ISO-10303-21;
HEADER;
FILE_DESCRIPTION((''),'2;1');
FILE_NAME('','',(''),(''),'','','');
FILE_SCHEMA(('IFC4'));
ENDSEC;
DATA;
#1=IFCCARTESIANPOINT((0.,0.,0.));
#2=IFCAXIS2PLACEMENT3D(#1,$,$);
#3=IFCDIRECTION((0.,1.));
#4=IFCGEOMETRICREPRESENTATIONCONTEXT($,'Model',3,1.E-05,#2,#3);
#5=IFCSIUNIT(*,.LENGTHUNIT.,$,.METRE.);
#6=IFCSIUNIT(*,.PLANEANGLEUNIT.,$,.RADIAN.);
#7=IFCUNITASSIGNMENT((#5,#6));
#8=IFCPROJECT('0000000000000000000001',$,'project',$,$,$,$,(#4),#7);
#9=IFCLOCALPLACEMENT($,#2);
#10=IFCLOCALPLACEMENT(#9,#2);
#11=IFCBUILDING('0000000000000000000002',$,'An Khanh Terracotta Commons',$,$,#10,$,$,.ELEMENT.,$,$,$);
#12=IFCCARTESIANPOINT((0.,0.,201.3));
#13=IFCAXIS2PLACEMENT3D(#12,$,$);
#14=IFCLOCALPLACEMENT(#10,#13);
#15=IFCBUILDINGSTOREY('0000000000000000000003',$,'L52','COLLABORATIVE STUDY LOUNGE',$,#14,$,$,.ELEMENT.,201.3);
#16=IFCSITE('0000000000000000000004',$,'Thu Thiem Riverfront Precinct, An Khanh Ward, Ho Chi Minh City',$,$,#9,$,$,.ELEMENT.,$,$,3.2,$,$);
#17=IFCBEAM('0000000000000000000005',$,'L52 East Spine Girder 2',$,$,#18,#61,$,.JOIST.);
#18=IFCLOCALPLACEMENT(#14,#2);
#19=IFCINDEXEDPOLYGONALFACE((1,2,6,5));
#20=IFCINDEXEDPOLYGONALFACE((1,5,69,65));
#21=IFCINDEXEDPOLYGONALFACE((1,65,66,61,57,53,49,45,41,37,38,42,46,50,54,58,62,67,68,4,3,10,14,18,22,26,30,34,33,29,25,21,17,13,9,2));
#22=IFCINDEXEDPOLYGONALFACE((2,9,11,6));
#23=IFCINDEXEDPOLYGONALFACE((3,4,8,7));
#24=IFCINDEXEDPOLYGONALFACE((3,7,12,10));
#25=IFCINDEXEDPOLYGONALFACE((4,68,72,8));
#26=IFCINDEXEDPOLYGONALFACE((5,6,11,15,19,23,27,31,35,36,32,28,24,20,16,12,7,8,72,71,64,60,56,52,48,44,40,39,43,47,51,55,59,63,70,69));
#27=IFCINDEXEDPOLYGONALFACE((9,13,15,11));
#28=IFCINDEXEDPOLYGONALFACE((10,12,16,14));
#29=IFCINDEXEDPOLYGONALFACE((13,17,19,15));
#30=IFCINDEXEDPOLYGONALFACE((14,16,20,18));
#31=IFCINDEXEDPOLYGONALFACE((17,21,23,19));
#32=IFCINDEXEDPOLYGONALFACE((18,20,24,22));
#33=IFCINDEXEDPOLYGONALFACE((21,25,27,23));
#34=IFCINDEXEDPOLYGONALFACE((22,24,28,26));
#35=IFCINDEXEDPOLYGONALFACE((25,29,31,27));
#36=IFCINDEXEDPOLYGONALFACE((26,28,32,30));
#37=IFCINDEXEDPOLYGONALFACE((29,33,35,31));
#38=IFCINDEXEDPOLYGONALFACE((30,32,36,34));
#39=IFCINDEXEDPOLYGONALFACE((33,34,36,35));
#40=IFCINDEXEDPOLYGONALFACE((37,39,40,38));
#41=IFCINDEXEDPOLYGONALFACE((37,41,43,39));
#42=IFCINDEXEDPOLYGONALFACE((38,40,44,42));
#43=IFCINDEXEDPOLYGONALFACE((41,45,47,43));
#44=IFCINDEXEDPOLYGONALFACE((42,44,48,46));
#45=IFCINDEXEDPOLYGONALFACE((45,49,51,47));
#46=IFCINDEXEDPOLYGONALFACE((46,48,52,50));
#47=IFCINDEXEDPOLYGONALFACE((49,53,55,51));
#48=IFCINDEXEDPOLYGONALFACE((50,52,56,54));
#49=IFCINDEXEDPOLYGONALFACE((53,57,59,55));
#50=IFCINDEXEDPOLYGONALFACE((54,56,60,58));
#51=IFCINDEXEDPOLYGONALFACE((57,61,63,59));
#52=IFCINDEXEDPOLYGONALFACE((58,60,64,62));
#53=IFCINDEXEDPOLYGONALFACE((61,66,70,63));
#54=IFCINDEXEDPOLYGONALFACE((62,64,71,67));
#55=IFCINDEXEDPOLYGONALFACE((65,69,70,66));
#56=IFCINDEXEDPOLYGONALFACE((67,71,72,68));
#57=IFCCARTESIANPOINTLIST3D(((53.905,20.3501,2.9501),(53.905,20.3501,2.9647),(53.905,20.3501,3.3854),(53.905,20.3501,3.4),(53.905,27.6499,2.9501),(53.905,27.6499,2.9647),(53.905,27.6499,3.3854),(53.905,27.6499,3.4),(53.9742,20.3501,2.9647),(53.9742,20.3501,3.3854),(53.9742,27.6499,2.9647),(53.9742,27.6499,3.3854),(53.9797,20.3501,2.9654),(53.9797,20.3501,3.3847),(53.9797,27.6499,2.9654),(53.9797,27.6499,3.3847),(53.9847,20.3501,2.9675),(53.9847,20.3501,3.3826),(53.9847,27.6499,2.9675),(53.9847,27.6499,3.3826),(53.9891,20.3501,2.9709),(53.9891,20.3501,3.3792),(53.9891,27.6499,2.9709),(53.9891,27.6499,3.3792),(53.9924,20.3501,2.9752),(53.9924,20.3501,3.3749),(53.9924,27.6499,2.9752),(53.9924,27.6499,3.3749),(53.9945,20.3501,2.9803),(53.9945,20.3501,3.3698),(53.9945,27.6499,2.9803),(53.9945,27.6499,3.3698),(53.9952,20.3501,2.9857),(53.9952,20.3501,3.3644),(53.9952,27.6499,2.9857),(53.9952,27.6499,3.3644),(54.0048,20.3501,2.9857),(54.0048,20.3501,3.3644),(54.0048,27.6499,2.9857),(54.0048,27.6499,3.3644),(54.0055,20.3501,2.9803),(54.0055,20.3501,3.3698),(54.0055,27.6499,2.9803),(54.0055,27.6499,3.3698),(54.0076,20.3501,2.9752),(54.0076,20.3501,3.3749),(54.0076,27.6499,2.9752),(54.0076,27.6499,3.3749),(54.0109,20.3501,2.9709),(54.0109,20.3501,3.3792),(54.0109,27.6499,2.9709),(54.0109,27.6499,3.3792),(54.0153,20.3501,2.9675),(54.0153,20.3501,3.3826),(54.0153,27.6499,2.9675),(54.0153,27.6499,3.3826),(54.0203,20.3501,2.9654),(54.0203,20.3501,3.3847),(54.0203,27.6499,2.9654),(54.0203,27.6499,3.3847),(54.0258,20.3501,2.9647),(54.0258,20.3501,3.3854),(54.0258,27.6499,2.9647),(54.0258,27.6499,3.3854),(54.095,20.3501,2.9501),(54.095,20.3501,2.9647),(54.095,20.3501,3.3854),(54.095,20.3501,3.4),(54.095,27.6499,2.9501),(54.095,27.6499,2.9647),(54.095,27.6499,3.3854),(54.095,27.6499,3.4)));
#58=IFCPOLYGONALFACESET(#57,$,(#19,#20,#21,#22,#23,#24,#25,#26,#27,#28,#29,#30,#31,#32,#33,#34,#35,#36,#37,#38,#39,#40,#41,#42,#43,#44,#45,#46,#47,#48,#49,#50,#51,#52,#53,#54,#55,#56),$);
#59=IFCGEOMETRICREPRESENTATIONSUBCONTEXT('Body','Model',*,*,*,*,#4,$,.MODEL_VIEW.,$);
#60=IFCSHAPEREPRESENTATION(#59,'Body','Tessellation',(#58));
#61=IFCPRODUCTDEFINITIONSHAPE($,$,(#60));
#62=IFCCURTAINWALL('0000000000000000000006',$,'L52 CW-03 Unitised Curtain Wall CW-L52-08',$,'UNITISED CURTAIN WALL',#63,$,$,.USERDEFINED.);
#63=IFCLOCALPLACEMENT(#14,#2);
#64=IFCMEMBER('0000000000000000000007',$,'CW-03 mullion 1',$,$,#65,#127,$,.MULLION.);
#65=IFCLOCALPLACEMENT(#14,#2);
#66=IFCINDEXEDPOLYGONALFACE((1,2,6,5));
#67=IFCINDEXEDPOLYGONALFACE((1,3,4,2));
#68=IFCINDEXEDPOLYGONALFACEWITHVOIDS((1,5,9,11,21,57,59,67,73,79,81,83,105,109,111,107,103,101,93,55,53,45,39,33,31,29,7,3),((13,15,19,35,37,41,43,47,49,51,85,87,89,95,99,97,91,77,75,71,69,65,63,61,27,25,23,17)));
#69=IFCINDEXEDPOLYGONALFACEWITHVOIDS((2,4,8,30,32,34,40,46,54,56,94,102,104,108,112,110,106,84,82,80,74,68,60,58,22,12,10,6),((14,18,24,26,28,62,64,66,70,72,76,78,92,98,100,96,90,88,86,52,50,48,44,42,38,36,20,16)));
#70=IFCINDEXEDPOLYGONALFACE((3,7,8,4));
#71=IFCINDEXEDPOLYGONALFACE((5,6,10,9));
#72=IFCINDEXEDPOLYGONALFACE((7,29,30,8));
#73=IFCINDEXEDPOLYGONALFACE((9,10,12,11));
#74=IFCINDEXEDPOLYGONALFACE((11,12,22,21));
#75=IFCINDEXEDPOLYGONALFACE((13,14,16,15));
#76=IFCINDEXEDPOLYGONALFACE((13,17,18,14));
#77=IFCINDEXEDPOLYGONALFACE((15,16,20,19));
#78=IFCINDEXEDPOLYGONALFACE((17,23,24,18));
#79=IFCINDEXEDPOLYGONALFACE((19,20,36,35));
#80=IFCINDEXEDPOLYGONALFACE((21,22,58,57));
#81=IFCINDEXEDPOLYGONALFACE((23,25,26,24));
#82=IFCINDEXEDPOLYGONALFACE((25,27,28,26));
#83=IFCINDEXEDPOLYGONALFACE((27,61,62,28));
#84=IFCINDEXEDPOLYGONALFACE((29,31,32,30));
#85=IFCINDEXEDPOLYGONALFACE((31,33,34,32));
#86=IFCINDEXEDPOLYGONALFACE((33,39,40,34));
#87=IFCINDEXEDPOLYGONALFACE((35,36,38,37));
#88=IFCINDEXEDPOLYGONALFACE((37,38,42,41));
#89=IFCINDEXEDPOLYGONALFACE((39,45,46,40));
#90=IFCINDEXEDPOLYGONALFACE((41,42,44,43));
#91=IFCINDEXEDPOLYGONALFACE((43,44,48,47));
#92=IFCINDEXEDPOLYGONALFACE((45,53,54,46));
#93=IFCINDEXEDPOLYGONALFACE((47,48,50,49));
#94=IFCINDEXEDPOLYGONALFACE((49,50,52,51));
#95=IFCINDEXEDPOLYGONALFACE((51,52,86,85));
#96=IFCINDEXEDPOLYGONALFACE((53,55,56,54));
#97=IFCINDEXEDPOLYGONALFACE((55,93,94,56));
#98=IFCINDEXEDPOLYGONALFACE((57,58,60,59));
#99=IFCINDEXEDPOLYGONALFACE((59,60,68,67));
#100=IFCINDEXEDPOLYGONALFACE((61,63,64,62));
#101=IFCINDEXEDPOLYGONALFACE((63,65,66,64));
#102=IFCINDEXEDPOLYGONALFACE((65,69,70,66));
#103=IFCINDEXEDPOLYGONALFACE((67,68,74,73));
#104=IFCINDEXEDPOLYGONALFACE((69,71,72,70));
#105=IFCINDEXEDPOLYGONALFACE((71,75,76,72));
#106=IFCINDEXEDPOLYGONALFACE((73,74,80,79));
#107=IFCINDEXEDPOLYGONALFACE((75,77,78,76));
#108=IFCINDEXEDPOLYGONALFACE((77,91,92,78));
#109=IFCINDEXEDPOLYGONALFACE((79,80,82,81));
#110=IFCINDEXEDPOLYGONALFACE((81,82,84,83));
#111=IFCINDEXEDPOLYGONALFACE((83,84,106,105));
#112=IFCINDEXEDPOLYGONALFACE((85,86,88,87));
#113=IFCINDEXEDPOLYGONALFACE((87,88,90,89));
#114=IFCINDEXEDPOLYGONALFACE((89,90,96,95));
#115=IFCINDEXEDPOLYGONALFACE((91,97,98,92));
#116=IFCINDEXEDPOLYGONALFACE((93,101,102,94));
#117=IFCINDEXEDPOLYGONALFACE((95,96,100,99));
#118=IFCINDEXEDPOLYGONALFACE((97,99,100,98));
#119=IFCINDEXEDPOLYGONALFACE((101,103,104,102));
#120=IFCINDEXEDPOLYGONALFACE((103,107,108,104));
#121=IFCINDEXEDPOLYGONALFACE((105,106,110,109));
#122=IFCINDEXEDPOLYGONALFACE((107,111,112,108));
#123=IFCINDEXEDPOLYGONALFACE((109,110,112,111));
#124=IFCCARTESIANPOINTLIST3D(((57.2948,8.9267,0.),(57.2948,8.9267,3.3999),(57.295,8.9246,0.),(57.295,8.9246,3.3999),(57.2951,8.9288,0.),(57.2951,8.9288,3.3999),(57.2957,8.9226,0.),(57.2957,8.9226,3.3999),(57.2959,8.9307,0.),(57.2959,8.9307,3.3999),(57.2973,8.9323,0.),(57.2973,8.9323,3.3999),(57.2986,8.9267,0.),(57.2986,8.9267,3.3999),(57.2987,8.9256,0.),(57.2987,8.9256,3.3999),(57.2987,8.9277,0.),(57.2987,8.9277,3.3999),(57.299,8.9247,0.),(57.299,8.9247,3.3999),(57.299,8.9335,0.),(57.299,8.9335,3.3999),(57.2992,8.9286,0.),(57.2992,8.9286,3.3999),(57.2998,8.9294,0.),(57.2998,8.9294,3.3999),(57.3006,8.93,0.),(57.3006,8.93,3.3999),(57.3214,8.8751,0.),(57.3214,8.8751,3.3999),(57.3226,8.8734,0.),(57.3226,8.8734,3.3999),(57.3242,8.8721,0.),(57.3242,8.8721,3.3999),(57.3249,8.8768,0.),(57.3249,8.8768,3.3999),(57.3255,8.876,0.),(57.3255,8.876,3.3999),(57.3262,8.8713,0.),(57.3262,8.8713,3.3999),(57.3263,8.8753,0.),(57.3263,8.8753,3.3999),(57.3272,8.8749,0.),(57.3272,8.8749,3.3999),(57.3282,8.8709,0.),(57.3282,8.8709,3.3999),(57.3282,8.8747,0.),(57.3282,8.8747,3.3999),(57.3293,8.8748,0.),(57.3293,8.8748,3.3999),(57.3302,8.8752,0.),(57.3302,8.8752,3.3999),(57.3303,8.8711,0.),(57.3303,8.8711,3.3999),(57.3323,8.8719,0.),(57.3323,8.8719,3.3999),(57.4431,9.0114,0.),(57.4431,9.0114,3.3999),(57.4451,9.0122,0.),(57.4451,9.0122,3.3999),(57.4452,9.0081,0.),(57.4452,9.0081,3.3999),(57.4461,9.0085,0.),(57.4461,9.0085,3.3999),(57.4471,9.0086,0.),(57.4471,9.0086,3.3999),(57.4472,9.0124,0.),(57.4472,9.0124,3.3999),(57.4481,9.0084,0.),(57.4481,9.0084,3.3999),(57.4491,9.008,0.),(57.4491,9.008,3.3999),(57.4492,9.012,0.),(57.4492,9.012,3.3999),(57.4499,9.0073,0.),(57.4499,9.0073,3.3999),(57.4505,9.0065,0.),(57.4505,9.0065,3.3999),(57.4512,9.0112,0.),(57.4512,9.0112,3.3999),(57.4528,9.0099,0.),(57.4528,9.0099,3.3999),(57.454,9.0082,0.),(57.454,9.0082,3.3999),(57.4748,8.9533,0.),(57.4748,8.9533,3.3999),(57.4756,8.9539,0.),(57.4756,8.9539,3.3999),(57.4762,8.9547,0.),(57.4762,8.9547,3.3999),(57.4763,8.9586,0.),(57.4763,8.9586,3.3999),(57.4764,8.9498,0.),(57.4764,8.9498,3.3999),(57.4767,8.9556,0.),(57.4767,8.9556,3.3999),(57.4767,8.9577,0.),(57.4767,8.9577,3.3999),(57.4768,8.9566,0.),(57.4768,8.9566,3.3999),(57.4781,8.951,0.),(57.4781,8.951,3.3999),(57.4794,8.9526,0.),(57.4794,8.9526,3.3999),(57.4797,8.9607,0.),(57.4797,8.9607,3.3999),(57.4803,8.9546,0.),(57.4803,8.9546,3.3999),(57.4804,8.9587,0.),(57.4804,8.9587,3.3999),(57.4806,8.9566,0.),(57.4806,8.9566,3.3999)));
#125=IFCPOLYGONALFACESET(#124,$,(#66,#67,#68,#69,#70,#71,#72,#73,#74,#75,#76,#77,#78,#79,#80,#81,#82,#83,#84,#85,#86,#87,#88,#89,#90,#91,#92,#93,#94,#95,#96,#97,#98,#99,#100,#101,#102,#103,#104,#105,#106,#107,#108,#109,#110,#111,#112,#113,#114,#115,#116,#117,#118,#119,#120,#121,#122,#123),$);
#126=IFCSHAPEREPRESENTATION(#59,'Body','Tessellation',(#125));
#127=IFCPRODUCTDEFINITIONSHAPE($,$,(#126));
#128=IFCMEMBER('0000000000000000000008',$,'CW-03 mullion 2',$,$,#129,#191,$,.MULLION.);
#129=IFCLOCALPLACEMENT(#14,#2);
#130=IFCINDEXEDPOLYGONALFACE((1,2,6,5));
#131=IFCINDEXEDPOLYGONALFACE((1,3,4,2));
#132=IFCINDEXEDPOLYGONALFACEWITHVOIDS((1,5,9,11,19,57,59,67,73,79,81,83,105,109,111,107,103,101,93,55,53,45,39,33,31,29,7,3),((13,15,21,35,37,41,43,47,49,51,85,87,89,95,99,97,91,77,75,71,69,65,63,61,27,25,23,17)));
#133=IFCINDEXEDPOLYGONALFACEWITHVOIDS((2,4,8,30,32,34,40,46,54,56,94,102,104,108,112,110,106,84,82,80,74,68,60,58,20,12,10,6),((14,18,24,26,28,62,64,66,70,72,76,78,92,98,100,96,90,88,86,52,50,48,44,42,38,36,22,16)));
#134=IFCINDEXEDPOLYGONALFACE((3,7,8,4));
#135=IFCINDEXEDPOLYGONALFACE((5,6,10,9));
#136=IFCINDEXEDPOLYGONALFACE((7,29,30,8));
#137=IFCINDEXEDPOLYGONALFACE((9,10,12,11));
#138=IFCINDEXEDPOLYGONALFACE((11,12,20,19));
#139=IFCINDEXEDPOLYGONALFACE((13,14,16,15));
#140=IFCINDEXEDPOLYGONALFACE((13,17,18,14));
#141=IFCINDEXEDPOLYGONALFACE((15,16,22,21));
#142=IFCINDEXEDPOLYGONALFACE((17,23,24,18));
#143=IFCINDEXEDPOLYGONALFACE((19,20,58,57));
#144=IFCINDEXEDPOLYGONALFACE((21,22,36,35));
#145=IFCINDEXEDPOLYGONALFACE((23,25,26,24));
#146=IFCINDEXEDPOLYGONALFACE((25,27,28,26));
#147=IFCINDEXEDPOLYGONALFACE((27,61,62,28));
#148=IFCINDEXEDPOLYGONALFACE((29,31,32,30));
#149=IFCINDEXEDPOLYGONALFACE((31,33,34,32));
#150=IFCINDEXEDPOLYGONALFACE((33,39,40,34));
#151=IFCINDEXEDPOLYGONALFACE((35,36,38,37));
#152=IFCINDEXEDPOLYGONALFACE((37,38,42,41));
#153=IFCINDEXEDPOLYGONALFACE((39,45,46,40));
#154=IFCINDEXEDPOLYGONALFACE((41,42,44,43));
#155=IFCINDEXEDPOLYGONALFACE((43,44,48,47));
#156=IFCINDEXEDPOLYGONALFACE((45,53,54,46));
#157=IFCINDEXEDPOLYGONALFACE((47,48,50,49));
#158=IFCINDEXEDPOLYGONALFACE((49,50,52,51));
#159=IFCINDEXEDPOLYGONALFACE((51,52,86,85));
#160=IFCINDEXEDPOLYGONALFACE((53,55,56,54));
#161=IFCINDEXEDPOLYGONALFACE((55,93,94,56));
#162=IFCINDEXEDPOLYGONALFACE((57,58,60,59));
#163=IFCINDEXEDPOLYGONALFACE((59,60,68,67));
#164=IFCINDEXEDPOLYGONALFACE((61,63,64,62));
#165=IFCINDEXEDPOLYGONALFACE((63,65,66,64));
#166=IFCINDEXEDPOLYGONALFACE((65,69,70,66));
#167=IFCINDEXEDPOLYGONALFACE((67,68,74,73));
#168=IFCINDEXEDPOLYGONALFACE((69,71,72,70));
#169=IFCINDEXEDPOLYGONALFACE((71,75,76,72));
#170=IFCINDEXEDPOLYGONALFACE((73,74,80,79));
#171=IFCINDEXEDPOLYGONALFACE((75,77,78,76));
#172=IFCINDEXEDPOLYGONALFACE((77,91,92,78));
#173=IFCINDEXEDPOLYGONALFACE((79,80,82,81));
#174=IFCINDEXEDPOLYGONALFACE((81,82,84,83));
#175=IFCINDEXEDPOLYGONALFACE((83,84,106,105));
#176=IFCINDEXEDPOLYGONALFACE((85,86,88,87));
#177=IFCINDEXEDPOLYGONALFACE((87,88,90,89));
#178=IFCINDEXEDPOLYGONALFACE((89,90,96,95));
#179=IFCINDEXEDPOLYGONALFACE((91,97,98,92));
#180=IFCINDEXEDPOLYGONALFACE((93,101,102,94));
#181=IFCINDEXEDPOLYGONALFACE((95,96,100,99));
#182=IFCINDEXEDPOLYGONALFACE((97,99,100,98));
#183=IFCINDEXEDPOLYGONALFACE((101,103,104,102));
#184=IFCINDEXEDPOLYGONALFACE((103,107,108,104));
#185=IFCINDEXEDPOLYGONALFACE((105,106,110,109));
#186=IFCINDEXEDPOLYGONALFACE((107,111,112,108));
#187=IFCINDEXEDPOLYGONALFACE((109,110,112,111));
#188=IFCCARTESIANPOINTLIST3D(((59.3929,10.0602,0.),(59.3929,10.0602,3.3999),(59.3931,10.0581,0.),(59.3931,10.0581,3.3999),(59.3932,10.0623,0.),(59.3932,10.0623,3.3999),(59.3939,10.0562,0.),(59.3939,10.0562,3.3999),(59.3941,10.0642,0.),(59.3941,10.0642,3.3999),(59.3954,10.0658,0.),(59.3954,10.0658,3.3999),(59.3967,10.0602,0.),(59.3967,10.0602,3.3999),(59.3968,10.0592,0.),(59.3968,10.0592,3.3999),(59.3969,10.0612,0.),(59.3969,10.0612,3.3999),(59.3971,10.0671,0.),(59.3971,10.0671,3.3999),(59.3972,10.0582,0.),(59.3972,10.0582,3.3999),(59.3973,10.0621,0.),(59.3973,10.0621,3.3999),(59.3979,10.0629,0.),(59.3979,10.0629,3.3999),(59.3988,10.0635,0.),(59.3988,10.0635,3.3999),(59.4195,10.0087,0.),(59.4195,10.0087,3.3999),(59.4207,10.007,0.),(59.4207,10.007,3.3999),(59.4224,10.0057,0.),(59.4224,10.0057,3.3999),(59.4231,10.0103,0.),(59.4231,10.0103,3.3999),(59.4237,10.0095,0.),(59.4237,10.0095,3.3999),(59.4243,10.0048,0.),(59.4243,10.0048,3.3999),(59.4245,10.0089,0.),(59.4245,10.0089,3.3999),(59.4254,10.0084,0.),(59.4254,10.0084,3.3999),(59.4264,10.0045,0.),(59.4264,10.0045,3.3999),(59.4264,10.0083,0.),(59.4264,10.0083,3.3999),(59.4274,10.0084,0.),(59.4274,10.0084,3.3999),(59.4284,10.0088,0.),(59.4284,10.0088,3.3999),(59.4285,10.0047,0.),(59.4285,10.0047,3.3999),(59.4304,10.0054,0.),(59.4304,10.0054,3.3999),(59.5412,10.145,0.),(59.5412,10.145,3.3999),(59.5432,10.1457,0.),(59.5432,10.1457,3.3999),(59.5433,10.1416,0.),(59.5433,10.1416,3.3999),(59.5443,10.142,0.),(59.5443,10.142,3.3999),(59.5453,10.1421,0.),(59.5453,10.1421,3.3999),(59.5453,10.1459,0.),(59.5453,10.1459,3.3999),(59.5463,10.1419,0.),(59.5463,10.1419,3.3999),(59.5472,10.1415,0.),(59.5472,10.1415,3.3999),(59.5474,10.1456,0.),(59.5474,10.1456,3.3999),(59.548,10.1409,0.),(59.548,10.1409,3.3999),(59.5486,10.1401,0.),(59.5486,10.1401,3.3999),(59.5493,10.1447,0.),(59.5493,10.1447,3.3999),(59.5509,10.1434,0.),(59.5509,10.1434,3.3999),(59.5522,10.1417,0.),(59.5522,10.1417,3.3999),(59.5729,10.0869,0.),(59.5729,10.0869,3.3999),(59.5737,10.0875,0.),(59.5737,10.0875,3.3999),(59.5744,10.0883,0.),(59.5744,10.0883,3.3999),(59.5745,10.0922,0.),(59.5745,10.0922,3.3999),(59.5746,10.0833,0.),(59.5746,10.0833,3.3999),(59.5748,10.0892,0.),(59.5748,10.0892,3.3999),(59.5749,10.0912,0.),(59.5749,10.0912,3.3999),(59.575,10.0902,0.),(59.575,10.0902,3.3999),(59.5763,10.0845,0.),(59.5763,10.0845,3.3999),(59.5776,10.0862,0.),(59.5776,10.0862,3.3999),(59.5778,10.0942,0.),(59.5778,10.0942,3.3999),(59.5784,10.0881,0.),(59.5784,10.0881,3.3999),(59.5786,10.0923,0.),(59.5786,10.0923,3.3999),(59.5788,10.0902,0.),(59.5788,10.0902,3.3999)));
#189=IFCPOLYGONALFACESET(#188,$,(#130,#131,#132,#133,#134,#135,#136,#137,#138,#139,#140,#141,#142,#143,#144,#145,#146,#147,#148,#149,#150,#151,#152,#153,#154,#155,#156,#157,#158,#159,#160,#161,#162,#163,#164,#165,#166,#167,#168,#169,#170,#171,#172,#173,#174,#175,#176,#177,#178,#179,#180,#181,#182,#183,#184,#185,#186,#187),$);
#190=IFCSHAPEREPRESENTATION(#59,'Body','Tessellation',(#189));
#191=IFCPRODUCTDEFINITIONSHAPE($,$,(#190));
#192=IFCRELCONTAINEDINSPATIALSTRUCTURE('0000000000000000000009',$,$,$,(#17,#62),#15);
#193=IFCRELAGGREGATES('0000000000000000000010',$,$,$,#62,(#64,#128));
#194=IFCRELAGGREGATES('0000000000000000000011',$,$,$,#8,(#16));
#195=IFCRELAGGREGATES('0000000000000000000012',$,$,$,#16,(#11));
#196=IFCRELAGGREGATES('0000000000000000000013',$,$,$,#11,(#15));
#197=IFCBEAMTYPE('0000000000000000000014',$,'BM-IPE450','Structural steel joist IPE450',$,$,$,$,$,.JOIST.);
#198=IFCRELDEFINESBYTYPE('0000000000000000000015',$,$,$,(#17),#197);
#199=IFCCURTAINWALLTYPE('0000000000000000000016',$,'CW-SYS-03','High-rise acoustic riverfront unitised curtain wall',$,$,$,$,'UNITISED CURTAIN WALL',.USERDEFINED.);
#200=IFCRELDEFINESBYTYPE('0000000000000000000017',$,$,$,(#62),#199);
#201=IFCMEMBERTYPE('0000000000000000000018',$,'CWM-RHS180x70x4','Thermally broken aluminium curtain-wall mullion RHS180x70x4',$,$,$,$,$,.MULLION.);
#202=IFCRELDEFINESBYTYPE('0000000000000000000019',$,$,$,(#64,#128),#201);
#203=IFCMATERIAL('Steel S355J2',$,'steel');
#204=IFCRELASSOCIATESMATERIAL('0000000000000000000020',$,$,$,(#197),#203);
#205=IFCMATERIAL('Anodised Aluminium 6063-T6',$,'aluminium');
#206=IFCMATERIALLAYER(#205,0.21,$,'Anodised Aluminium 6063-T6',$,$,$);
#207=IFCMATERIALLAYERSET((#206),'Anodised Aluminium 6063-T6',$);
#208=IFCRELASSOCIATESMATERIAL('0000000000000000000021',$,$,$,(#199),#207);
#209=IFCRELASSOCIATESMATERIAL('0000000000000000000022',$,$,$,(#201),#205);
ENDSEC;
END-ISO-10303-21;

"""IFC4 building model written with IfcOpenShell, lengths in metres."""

from ifc_helpers import new_model, si_unit, direction, frame, origin, origin_2d, place, context, subcontext, project, spatial, hollow_rectangle, i_section, extrude, material, layer, layer_set, material_profile, profile_set, type_object, element, aggregate, save


model = new_model("IFC4")

# Units and contexts
model_context = context("Model", 3, precision=1e-05, world=origin(), true_north=direction((0.0, 1.0)))
body_context = subcontext(model_context, "Body", "Model", "MODEL_VIEW")
ifc_project = project(units=[si_unit("LENGTHUNIT", "METRE"), si_unit("PLANEANGLEUNIT", "RADIAN")], contexts=[model_context])

# Site, building, storey
site_placement = place(None, origin())
site = spatial("IfcSite", under=ifc_project, at=site_placement, Name="Thu Thiem Riverfront Precinct, An Khanh Ward, Ho Chi Minh City", CompositionType="ELEMENT", RefElevation=3.2)
building_placement = place(site_placement, origin())
building = spatial("IfcBuilding", under=site, at=building_placement, Name="An Khanh Terracotta Commons", CompositionType="ELEMENT")
storey_placement = place(building_placement, frame((0.0, 0.0, 201.3)))
storey = spatial("IfcBuildingStorey", under=building, at=storey_placement, Name="L52", Description="COLLABORATIVE STUDY LOUNGE", CompositionType="ELEMENT", Elevation=201.3)

# Beam
ifc_material_1 = material(Name="Steel S355J2", Category="steel")
ifc_material_profile_1 = material_profile(ifc_material_1, i_section(OverallWidth=0.1899, OverallDepth=0.45, WebThickness=0.0095, FlangeThickness=0.0146, FilletRadius=0.021, at=origin_2d()), Name="IPE450")
ifc_profile_set_1 = profile_set([ifc_material_profile_1], Name="Steel S355J2")
beam_type_1 = type_object("IfcBeamType", Name="BM-IPE450", Description="Structural steel joist IPE450", PredefinedType="JOIST", material=ifc_profile_set_1)
beam_1_placement = place(storey_placement, frame((54.0, 20.3501, 3.175), z_axis=(0.0, 1.0, 0.0), x_axis=(-1.0, 0.0, 0.0)))
element("IfcBeam", 1, at=beam_1_placement, inside=storey, type_object=beam_type_1, Name="L52 East Spine Girder 2", PredefinedType="JOIST", context=body_context, shape_type="SweptSolid", body=[
    extrude(i_section(OverallWidth=0.1899, OverallDepth=0.45, WebThickness=0.0095, FlangeThickness=0.0146, FilletRadius=0.021, at=origin_2d()), origin(), (0.0, 0.0, 1.0), 7.2998),
])

# Curtain wall, members
ifc_material_2 = material(Name="Anodised Aluminium 6063-T6", Category="aluminium")
ifc_layer_1 = layer(ifc_material_2, 0.21, Name="Anodised Aluminium 6063-T6")
ifc_layer_set_1 = layer_set([ifc_layer_1], Name="Anodised Aluminium 6063-T6")
curtain_wall_type = type_object("IfcCurtainWallType", Name="CW-SYS-03", Description="High-rise acoustic riverfront unitised curtain wall", ElementType="UNITISED CURTAIN WALL", PredefinedType="USERDEFINED", material=ifc_layer_set_1)
curtain_wall_placement = place(storey_placement, origin())
curtain_wall = element("IfcCurtainWall", 2, at=curtain_wall_placement, inside=storey, type_object=curtain_wall_type, Name="L52 CW-03 Unitised Curtain Wall CW-L52-08", ObjectType="UNITISED CURTAIN WALL", PredefinedType="USERDEFINED")
ifc_material_profile_2 = material_profile(ifc_material_2, hollow_rectangle(XDim=0.0701, YDim=0.1799, WallThickness=0.0039, InnerFilletRadius=0.0039, OuterFilletRadius=0.0081, at=origin_2d()), Name="RHS180x70x4")
ifc_profile_set_2 = profile_set([ifc_material_profile_2], Name="Anodised Aluminium 6063-T6")
member_type_1 = type_object("IfcMemberType", Name="CWM-RHS180x70x4", Description="Thermally broken aluminium curtain-wall mullion RHS180x70x4", PredefinedType="MULLION", material=ifc_profile_set_2)
member_1_placement = place(storey_placement, frame((57.3877, 8.9417, 0.0), z_axis=(0.0, 0.0, 1.0), x_axis=(-0.475381, 0.87978, 0.0)))
member_1 = element("IfcMember", 3, at=member_1_placement, type_object=member_type_1, Name="CW-03 mullion 1", PredefinedType="MULLION", context=body_context, shape_type="SweptSolid", body=[
    extrude(hollow_rectangle(XDim=0.0701, YDim=0.1799, WallThickness=0.0039, InnerFilletRadius=0.0039, OuterFilletRadius=0.0081, at=origin_2d()), origin(), (0.0, 0.0, 1.0), 3.3999),
])
member_2_placement = place(storey_placement, frame((59.4858, 10.0752, 0.0), z_axis=(0.0, 0.0, 1.0), x_axis=(-0.475381, 0.87978, 0.0)))
member_2 = element("IfcMember", 4, at=member_2_placement, type_object=member_type_1, Name="CW-03 mullion 2", PredefinedType="MULLION", context=body_context, shape_type="SweptSolid", body=[
    extrude(hollow_rectangle(XDim=0.0701, YDim=0.1799, WallThickness=0.0039, InnerFilletRadius=0.0039, OuterFilletRadius=0.0081, at=origin_2d()), origin(), (0.0, 0.0, 1.0), 3.3999),
])
aggregate(curtain_wall, [member_1, member_2])

save(model, "model.ifc")
